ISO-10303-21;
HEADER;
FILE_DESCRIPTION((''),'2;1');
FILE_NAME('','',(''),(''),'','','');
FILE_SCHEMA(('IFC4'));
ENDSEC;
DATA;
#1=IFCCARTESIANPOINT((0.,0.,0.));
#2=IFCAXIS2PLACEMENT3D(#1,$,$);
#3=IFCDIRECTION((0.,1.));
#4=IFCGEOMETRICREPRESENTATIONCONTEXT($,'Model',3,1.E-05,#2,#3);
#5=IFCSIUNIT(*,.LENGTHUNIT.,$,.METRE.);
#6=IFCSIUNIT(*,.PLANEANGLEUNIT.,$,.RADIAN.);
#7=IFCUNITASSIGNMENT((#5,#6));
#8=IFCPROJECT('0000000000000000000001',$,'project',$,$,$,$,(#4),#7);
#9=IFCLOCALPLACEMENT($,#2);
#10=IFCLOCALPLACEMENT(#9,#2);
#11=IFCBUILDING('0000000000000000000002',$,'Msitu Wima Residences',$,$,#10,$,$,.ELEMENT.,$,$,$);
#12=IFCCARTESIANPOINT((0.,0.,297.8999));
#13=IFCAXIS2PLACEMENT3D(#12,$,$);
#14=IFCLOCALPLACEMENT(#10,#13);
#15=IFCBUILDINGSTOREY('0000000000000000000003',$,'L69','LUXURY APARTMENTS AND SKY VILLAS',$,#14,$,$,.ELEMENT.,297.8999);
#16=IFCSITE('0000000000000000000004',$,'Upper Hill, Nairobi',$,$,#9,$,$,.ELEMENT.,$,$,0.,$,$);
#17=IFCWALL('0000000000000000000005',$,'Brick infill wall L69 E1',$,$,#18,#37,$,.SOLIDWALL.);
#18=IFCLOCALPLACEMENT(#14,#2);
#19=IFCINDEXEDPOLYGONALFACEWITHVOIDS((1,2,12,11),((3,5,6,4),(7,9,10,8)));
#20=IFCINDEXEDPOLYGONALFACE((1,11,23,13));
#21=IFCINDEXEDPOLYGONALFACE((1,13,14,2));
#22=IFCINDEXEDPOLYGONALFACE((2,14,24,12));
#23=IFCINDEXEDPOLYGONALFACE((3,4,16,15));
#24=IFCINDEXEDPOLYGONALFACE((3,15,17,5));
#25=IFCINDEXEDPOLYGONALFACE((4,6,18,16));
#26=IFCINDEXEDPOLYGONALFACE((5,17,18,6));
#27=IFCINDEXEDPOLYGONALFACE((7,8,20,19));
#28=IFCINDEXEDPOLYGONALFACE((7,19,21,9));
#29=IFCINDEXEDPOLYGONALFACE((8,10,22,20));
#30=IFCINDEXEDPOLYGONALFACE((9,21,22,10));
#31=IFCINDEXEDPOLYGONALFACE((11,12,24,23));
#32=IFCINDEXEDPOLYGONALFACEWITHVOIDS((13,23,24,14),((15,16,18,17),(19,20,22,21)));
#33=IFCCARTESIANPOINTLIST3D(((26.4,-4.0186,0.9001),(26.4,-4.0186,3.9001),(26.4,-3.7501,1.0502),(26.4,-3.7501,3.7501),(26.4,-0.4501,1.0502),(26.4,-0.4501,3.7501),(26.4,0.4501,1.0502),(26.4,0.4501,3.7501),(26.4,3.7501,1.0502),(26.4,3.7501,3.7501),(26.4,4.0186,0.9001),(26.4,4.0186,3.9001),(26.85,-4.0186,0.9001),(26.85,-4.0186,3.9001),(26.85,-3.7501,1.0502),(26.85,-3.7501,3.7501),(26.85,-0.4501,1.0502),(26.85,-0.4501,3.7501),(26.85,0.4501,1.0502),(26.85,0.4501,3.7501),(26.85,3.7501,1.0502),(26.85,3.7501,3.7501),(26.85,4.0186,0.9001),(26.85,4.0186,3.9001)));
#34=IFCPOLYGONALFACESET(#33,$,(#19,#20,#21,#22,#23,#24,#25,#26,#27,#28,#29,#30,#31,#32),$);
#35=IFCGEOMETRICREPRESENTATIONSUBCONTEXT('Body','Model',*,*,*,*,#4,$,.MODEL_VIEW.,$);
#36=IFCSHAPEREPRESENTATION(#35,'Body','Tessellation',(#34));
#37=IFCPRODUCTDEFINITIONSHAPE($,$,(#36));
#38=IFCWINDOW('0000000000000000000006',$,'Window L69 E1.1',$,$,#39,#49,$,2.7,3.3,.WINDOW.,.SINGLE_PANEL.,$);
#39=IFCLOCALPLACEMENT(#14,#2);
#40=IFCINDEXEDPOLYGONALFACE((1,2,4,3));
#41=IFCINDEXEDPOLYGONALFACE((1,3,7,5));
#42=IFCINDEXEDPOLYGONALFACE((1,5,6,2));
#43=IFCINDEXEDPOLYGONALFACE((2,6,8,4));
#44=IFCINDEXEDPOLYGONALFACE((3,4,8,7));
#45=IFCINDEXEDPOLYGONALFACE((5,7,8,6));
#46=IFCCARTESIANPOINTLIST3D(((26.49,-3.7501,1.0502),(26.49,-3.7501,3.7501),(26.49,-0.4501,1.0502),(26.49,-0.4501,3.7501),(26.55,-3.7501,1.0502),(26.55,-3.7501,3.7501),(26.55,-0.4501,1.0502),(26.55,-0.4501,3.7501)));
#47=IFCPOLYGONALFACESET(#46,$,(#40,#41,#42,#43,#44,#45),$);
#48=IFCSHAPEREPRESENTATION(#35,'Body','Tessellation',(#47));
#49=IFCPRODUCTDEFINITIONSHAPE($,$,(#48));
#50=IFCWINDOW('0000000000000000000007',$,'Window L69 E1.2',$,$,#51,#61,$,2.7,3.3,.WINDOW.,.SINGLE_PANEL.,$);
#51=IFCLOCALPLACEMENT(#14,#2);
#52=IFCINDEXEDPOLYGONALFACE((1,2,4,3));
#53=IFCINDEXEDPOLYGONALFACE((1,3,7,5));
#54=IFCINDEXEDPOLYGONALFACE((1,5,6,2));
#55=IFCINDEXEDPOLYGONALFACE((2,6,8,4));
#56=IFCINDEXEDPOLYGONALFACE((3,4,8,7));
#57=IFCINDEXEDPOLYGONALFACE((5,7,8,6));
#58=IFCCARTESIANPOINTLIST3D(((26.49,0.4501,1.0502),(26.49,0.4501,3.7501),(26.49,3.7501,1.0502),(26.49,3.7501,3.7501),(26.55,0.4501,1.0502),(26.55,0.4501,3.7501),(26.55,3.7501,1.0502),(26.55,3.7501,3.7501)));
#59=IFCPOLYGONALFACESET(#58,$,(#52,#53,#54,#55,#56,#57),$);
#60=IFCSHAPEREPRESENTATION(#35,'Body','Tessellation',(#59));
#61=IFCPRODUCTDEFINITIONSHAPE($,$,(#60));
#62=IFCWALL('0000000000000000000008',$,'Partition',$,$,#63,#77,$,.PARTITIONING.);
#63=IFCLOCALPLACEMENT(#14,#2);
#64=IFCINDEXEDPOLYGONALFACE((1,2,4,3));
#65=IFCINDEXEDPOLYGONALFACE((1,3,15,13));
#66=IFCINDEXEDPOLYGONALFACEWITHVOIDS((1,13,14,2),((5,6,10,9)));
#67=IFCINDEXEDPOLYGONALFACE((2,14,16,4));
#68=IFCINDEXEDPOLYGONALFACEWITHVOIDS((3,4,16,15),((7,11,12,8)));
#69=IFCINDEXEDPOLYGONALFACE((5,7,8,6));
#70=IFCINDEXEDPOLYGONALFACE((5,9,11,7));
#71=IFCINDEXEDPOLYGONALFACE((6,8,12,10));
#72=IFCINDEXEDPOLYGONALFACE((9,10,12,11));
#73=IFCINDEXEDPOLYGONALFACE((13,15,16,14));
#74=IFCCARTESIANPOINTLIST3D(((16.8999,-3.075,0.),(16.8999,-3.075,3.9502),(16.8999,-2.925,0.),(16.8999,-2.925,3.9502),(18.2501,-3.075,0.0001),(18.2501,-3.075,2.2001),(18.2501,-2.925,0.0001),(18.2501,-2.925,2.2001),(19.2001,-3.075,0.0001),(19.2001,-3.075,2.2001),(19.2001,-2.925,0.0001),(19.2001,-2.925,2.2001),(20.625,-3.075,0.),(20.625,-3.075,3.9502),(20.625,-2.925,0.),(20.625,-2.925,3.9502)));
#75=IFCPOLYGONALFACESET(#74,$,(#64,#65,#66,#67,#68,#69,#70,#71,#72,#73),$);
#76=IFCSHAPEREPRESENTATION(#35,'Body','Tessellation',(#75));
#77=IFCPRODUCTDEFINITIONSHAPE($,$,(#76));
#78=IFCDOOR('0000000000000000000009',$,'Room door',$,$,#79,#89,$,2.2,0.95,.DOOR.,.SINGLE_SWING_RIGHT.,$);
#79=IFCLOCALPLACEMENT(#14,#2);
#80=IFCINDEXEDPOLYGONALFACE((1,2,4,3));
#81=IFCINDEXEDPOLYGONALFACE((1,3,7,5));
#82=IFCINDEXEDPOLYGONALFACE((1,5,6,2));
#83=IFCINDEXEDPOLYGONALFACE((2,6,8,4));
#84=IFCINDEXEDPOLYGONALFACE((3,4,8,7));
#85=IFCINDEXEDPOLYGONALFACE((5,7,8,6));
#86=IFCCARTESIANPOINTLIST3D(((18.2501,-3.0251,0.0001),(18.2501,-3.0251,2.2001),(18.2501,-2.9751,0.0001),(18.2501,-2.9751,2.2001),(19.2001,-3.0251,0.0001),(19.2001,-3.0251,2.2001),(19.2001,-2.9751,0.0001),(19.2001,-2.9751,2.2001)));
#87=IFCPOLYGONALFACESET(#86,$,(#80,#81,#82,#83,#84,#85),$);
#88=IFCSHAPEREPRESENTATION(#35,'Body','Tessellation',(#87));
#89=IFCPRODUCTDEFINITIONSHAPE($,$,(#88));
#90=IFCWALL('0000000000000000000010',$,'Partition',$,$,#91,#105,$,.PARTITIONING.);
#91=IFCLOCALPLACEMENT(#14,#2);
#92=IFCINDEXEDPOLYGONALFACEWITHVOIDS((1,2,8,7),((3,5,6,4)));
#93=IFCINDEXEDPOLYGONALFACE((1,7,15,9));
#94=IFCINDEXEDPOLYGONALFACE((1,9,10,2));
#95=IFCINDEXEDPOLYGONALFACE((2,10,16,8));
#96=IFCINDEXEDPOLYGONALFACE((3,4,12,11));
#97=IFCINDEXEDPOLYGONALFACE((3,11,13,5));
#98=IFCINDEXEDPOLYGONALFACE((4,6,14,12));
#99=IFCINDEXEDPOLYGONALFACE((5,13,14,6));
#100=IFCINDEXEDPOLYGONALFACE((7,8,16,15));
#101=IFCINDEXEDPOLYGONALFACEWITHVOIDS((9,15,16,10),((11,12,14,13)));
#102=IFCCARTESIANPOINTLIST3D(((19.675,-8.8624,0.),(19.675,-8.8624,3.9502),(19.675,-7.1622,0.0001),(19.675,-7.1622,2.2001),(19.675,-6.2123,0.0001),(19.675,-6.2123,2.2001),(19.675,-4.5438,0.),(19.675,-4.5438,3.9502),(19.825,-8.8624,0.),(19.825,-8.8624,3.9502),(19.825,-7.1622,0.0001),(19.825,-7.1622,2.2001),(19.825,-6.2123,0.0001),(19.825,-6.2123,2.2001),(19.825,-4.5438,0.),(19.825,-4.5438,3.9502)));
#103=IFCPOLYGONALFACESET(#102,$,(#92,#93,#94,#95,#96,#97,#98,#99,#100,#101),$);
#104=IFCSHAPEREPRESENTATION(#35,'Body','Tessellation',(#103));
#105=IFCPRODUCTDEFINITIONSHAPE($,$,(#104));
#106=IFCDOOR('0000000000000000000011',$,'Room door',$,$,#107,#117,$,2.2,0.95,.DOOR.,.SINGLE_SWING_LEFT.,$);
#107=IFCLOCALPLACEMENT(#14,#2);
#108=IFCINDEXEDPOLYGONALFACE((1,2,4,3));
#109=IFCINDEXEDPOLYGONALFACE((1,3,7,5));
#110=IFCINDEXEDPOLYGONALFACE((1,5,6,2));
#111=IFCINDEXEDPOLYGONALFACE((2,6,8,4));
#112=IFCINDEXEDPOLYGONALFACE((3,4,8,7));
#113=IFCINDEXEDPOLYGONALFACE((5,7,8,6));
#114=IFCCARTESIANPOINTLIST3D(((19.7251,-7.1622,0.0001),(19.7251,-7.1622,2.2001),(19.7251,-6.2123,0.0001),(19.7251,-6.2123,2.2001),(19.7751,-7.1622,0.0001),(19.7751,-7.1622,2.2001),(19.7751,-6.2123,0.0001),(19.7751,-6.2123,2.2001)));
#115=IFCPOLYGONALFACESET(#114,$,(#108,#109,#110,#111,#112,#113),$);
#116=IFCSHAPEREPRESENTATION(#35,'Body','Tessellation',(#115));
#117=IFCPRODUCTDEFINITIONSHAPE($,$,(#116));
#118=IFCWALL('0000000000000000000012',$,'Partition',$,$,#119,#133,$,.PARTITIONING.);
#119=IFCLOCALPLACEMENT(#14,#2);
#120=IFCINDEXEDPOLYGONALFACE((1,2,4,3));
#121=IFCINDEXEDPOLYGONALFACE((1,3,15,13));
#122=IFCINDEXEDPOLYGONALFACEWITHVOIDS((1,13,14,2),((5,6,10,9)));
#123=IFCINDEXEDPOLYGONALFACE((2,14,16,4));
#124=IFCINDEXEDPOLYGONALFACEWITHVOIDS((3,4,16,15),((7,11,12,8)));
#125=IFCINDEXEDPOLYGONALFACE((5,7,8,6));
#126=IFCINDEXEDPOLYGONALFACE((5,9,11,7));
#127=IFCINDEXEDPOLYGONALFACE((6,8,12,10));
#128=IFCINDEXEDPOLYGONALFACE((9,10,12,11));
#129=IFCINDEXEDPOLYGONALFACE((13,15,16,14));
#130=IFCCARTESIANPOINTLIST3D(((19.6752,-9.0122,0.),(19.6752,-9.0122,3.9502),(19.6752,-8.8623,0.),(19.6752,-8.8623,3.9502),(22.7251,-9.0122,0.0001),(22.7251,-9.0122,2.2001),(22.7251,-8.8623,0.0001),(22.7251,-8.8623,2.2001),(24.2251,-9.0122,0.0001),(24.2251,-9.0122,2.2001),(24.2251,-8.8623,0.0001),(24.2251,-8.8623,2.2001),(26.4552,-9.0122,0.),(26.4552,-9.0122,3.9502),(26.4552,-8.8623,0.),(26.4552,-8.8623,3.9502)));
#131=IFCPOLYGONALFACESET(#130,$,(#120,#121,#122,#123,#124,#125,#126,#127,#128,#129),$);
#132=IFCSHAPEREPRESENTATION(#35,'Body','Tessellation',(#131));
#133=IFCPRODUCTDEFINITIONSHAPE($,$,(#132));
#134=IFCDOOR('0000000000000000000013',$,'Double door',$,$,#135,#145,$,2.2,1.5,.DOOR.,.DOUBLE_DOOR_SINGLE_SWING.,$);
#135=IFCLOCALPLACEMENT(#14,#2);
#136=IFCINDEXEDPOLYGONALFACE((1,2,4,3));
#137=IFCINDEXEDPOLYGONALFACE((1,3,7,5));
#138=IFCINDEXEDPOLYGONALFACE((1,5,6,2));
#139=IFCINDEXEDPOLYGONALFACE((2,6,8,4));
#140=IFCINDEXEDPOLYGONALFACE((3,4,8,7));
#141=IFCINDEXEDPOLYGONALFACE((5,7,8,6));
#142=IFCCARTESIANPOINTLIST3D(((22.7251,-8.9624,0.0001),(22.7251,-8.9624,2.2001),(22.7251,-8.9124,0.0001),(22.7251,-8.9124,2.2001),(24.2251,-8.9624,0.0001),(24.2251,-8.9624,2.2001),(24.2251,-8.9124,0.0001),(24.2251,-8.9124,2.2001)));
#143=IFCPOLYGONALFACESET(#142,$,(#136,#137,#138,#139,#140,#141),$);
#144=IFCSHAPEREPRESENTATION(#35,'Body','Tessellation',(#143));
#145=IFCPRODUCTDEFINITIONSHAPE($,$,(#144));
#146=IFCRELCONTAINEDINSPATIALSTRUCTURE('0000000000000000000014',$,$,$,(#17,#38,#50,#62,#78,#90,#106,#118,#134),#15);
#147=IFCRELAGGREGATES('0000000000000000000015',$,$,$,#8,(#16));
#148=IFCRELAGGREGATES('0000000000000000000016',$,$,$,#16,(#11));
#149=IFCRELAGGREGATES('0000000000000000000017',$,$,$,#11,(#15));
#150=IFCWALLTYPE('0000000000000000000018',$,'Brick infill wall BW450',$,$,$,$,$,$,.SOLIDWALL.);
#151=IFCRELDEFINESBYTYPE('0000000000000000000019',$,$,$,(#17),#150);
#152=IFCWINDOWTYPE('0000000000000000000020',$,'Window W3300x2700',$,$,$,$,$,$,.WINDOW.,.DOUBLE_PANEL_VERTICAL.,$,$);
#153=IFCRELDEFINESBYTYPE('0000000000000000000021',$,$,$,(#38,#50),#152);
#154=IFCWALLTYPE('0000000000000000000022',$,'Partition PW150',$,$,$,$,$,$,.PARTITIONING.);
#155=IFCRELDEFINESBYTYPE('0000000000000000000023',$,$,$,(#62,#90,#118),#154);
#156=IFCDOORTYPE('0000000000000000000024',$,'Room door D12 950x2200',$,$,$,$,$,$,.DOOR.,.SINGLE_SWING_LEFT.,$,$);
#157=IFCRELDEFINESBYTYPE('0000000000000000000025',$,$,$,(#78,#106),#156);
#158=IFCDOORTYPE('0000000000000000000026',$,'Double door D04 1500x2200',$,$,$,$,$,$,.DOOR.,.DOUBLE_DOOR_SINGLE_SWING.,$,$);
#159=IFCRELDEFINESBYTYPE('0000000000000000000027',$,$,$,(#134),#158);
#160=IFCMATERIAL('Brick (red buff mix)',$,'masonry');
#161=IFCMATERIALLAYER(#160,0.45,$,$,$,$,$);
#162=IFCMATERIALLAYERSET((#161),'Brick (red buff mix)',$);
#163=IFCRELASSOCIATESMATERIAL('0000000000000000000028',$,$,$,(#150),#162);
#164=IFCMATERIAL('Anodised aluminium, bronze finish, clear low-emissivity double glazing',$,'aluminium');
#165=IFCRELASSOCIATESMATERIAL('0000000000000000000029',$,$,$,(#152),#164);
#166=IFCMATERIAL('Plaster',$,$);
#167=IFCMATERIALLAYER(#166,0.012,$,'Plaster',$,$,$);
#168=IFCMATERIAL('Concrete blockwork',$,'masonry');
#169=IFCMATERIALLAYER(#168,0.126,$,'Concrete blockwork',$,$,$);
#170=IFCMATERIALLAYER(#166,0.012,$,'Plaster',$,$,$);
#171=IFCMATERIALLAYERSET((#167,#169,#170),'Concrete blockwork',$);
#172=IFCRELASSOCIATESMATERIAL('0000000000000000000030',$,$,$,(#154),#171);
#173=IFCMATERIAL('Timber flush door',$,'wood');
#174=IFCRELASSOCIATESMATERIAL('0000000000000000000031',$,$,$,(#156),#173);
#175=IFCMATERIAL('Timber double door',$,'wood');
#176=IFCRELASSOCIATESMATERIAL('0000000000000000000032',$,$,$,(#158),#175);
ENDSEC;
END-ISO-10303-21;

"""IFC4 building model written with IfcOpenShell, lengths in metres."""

from ifc_helpers import new_model, si_unit, direction, frame, frame_2d, origin, place, context, subcontext, project, spatial, rectangle, extrude, material, layer, layer_set, type_object, element, fill, save


model = new_model("IFC4")

# Units and contexts
model_context = context("Model", 3, precision=1e-05, world=origin(), true_north=direction((0.0, 1.0)))
body_context = subcontext(model_context, "Body", "Model", "MODEL_VIEW")
ifc_project = project(units=[si_unit("LENGTHUNIT", "METRE"), si_unit("PLANEANGLEUNIT", "RADIAN")], contexts=[model_context])

# Site, building, storey
site_placement = place(None, origin())
site = spatial("IfcSite", under=ifc_project, at=site_placement, Name="Upper Hill, Nairobi", CompositionType="ELEMENT", RefElevation=0.0)
building_placement = place(site_placement, origin())
building = spatial("IfcBuilding", under=site, at=building_placement, Name="Msitu Wima Residences", CompositionType="ELEMENT")
storey_placement = place(building_placement, frame((0.0, 0.0, 297.8999)))
storey = spatial("IfcBuildingStorey", under=building, at=storey_placement, Name="L69", Description="LUXURY APARTMENTS AND SKY VILLAS", CompositionType="ELEMENT", Elevation=297.8999)

# Shared definitions
ifc_material_1 = material(Name="Brick (red buff mix)", Category="masonry")
ifc_layer_1 = layer(ifc_material_1, 0.45)
ifc_layer_set_1 = layer_set([ifc_layer_1], Name="Brick (red buff mix)")
wall_type_1 = type_object("IfcWallType", Name="Brick infill wall BW450", PredefinedType="SOLIDWALL", material=ifc_layer_set_1)
ifc_material_2 = material(Name="Anodised aluminium, bronze finish, clear low-emissivity double glazing", Category="aluminium")
window_type = type_object("IfcWindowType", Name="Window W3300x2700", PartitioningType="DOUBLE_PANEL_VERTICAL", PredefinedType="WINDOW", material=ifc_material_2)

# Wall, openings, windows
wall_1_placement = place(storey_placement, frame((26.625, -4.0186, 0.9001), z_axis=(0.0, 0.0, 1.0), x_axis=(0.0, 1.0, 0.0)))
wall_1 = element("IfcWall", 1, at=wall_1_placement, inside=storey, type_object=wall_type_1, Name="Brick infill wall L69 E1", PredefinedType="SOLIDWALL", context=body_context, shape_type="SweptSolid", body=[
    extrude(rectangle(XDim=8.0371, YDim=0.45, at=frame_2d((4.0186, 0.0))), origin(), (0.0, 0.0, 1.0), 3.0),
])
opening_1_placement = place(wall_1_placement, frame((0.2686, 0.0, 0.1499)))
opening_1 = element("IfcOpeningElement", 2, at=opening_1_placement, cuts=wall_1, PredefinedType="OPENING", context=body_context, shape_type="SweptSolid", body=[
    extrude(rectangle(XDim=3.3, YDim=2.7, at=frame_2d((1.6499, 1.3501))), frame((0.0, 0.2349, 0.0), z_axis=(0.0, -1.0, 0.0), x_axis=(1.0, 0.0, 0.0)), (0.0, 0.0, 1.0), 0.47),
])
opening_2_placement = place(wall_1_placement, frame((4.4688, 0.0, 0.1499)))
opening_2 = element("IfcOpeningElement", 3, at=opening_2_placement, cuts=wall_1, PredefinedType="OPENING", context=body_context, shape_type="SweptSolid", body=[
    extrude(rectangle(XDim=3.3, YDim=2.7, at=frame_2d((1.6499, 1.3501))), frame((0.0, 0.2349, 0.0), z_axis=(0.0, -1.0, 0.0), x_axis=(1.0, 0.0, 0.0)), (0.0, 0.0, 1.0), 0.47),
])
window_1_placement = place(opening_1_placement, origin())
window_1 = element("IfcWindow", 4, at=window_1_placement, inside=storey, type_object=window_type, Name="Window L69 E1.1", OverallHeight=2.7, OverallWidth=3.3, PartitioningType="SINGLE_PANEL", PredefinedType="WINDOW", context=body_context, shape_type="SweptSolid", body=[
    extrude(rectangle(XDim=3.3, YDim=2.7, at=frame_2d((1.6499, 1.3501))), frame((0.0, 0.135, 0.0), z_axis=(0.0, -1.0, 0.0), x_axis=(1.0, 0.0, 0.0)), (0.0, 0.0, 1.0), 0.0601),
])
fill(opening_1, window_1)
window_2_placement = place(opening_2_placement, origin())
window_2 = element("IfcWindow", 5, at=window_2_placement, inside=storey, type_object=window_type, Name="Window L69 E1.2", OverallHeight=2.7, OverallWidth=3.3, PartitioningType="SINGLE_PANEL", PredefinedType="WINDOW", context=body_context, shape_type="SweptSolid", body=[
    extrude(rectangle(XDim=3.3, YDim=2.7, at=frame_2d((1.6499, 1.3501))), frame((0.0, 0.135, 0.0), z_axis=(0.0, -1.0, 0.0), x_axis=(1.0, 0.0, 0.0)), (0.0, 0.0, 1.0), 0.0601),
])
fill(opening_2, window_2)

# Walls, openings, doors
ifc_material_3 = material(Name="Plaster")
ifc_layer_2 = layer(ifc_material_3, 0.012, Name="Plaster")
ifc_material_4 = material(Name="Concrete blockwork", Category="masonry")
ifc_layer_3 = layer(ifc_material_4, 0.126, Name="Concrete blockwork")
ifc_layer_4 = layer(ifc_material_3, 0.012, Name="Plaster")
ifc_layer_set_2 = layer_set([ifc_layer_2, ifc_layer_3, ifc_layer_4], Name="Concrete blockwork")
wall_type_2 = type_object("IfcWallType", Name="Partition PW150", PredefinedType="PARTITIONING", material=ifc_layer_set_2)
wall_2_placement = place(storey_placement, frame((16.8999, -3.0, 0.0), z_axis=(0.0, 0.0, 1.0), x_axis=(1.0, 0.0, 0.0)))
wall_2 = element("IfcWall", 6, at=wall_2_placement, inside=storey, type_object=wall_type_2, Name="Partition", PredefinedType="PARTITIONING", context=body_context, shape_type="SweptSolid", body=[
    extrude(rectangle(XDim=3.7251, YDim=0.1499, at=frame_2d((1.8625, 0.0))), origin(), (0.0, 0.0, 1.0), 3.9502),
])
opening_3_placement = place(wall_2_placement, frame((1.3501, 0.0, 0.0)))
opening_3 = element("IfcOpeningElement", 7, at=opening_3_placement, cuts=wall_2, PredefinedType="OPENING", context=body_context, shape_type="SweptSolid", body=[
    extrude(rectangle(XDim=0.95, YDim=2.2, at=frame_2d((0.4751, 1.1001))), frame((0.0, 0.085, 0.0), z_axis=(0.0, -1.0, 0.0), x_axis=(1.0, 0.0, 0.0)), (0.0, 0.0, 1.0), 0.1699),
])
ifc_material_5 = material(Name="Timber flush door", Category="wood")
door_type_1 = type_object("IfcDoorType", Name="Room door D12 950x2200", OperationType="SINGLE_SWING_LEFT", PredefinedType="DOOR", material=ifc_material_5)
door_1_placement = place(opening_3_placement, origin())
door_1 = element("IfcDoor", 8, at=door_1_placement, inside=storey, type_object=door_type_1, Name="Room door", OperationType="SINGLE_SWING_RIGHT", OverallHeight=2.2, OverallWidth=0.95, PredefinedType="DOOR", context=body_context, shape_type="SweptSolid", body=[
    extrude(rectangle(XDim=0.95, YDim=2.2, at=frame_2d((0.4751, 1.1001))), frame((0.0, 0.0249, 0.0), z_axis=(0.0, -1.0, 0.0), x_axis=(1.0, 0.0, 0.0)), (0.0, 0.0, 1.0), 0.05),
])
fill(opening_3, door_1)
wall_3_placement = place(storey_placement, frame((19.75, -8.8623, 0.0), z_axis=(0.0, 0.0, 1.0), x_axis=(0.0, 1.0, 0.0)))
wall_3 = element("IfcWall", 9, at=wall_3_placement, inside=storey, type_object=wall_type_2, Name="Partition", PredefinedType="PARTITIONING", context=body_context, shape_type="SweptSolid", body=[
    extrude(rectangle(XDim=4.3186, YDim=0.1499, at=frame_2d((2.1592, 0.0))), origin(), (0.0, 0.0, 1.0), 3.9502),
])
opening_4_placement = place(wall_3_placement, frame((1.7, 0.0, 0.0)))
opening_4 = element("IfcOpeningElement", 10, at=opening_4_placement, cuts=wall_3, PredefinedType="OPENING", context=body_context, shape_type="SweptSolid", body=[
    extrude(rectangle(XDim=0.95, YDim=2.2, at=frame_2d((0.4751, 1.1001))), frame((0.0, 0.085, 0.0), z_axis=(0.0, -1.0, 0.0), x_axis=(1.0, 0.0, 0.0)), (0.0, 0.0, 1.0), 0.1699),
])
door_2_placement = place(opening_4_placement, origin())
door_2 = element("IfcDoor", 11, at=door_2_placement, inside=storey, type_object=door_type_1, Name="Room door", OperationType="SINGLE_SWING_LEFT", OverallHeight=2.2, OverallWidth=0.95, PredefinedType="DOOR", context=body_context, shape_type="SweptSolid", body=[
    extrude(rectangle(XDim=0.95, YDim=2.2, at=frame_2d((0.4751, 1.1001))), frame((0.0, 0.0249, 0.0), z_axis=(0.0, -1.0, 0.0), x_axis=(1.0, 0.0, 0.0)), (0.0, 0.0, 1.0), 0.05),
])
fill(opening_4, door_2)
wall_4_placement = place(storey_placement, frame((19.675, -8.9373, 0.0), z_axis=(0.0, 0.0, 1.0), x_axis=(1.0, 0.0, 0.0)))
wall_4 = element("IfcWall", 12, at=wall_4_placement, inside=storey, type_object=wall_type_2, Name="Partition", PredefinedType="PARTITIONING", context=body_context, shape_type="SweptSolid", body=[
    extrude(rectangle(XDim=6.78, YDim=0.1499, at=frame_2d((3.3901, 0.0))), origin(), (0.0, 0.0, 1.0), 3.9502),
])
opening_5_placement = place(wall_4_placement, frame((3.05, 0.0, 0.0)))
opening_5 = element("IfcOpeningElement", 13, at=opening_5_placement, cuts=wall_4, PredefinedType="OPENING", context=body_context, shape_type="SweptSolid", body=[
    extrude(rectangle(XDim=1.5, YDim=2.2, at=frame_2d((0.75, 1.1001))), frame((0.0, 0.085, 0.0), z_axis=(0.0, -1.0, 0.0), x_axis=(1.0, 0.0, 0.0)), (0.0, 0.0, 1.0), 0.1699),
])
ifc_material_6 = material(Name="Timber double door", Category="wood")
door_type_2 = type_object("IfcDoorType", Name="Double door D04 1500x2200", OperationType="DOUBLE_DOOR_SINGLE_SWING", PredefinedType="DOOR", material=ifc_material_6)
door_3_placement = place(opening_5_placement, origin())
door_3 = element("IfcDoor", 14, at=door_3_placement, inside=storey, type_object=door_type_2, Name="Double door", OperationType="DOUBLE_DOOR_SINGLE_SWING", OverallHeight=2.2, OverallWidth=1.5, PredefinedType="DOOR", context=body_context, shape_type="SweptSolid", body=[
    extrude(rectangle(XDim=1.5, YDim=2.2, at=frame_2d((0.75, 1.1001))), frame((0.0, 0.0249, 0.0), z_axis=(0.0, -1.0, 0.0), x_axis=(1.0, 0.0, 0.0)), (0.0, 0.0, 1.0), 0.05),
])
fill(opening_5, door_3)

save(model, "model.ifc")
